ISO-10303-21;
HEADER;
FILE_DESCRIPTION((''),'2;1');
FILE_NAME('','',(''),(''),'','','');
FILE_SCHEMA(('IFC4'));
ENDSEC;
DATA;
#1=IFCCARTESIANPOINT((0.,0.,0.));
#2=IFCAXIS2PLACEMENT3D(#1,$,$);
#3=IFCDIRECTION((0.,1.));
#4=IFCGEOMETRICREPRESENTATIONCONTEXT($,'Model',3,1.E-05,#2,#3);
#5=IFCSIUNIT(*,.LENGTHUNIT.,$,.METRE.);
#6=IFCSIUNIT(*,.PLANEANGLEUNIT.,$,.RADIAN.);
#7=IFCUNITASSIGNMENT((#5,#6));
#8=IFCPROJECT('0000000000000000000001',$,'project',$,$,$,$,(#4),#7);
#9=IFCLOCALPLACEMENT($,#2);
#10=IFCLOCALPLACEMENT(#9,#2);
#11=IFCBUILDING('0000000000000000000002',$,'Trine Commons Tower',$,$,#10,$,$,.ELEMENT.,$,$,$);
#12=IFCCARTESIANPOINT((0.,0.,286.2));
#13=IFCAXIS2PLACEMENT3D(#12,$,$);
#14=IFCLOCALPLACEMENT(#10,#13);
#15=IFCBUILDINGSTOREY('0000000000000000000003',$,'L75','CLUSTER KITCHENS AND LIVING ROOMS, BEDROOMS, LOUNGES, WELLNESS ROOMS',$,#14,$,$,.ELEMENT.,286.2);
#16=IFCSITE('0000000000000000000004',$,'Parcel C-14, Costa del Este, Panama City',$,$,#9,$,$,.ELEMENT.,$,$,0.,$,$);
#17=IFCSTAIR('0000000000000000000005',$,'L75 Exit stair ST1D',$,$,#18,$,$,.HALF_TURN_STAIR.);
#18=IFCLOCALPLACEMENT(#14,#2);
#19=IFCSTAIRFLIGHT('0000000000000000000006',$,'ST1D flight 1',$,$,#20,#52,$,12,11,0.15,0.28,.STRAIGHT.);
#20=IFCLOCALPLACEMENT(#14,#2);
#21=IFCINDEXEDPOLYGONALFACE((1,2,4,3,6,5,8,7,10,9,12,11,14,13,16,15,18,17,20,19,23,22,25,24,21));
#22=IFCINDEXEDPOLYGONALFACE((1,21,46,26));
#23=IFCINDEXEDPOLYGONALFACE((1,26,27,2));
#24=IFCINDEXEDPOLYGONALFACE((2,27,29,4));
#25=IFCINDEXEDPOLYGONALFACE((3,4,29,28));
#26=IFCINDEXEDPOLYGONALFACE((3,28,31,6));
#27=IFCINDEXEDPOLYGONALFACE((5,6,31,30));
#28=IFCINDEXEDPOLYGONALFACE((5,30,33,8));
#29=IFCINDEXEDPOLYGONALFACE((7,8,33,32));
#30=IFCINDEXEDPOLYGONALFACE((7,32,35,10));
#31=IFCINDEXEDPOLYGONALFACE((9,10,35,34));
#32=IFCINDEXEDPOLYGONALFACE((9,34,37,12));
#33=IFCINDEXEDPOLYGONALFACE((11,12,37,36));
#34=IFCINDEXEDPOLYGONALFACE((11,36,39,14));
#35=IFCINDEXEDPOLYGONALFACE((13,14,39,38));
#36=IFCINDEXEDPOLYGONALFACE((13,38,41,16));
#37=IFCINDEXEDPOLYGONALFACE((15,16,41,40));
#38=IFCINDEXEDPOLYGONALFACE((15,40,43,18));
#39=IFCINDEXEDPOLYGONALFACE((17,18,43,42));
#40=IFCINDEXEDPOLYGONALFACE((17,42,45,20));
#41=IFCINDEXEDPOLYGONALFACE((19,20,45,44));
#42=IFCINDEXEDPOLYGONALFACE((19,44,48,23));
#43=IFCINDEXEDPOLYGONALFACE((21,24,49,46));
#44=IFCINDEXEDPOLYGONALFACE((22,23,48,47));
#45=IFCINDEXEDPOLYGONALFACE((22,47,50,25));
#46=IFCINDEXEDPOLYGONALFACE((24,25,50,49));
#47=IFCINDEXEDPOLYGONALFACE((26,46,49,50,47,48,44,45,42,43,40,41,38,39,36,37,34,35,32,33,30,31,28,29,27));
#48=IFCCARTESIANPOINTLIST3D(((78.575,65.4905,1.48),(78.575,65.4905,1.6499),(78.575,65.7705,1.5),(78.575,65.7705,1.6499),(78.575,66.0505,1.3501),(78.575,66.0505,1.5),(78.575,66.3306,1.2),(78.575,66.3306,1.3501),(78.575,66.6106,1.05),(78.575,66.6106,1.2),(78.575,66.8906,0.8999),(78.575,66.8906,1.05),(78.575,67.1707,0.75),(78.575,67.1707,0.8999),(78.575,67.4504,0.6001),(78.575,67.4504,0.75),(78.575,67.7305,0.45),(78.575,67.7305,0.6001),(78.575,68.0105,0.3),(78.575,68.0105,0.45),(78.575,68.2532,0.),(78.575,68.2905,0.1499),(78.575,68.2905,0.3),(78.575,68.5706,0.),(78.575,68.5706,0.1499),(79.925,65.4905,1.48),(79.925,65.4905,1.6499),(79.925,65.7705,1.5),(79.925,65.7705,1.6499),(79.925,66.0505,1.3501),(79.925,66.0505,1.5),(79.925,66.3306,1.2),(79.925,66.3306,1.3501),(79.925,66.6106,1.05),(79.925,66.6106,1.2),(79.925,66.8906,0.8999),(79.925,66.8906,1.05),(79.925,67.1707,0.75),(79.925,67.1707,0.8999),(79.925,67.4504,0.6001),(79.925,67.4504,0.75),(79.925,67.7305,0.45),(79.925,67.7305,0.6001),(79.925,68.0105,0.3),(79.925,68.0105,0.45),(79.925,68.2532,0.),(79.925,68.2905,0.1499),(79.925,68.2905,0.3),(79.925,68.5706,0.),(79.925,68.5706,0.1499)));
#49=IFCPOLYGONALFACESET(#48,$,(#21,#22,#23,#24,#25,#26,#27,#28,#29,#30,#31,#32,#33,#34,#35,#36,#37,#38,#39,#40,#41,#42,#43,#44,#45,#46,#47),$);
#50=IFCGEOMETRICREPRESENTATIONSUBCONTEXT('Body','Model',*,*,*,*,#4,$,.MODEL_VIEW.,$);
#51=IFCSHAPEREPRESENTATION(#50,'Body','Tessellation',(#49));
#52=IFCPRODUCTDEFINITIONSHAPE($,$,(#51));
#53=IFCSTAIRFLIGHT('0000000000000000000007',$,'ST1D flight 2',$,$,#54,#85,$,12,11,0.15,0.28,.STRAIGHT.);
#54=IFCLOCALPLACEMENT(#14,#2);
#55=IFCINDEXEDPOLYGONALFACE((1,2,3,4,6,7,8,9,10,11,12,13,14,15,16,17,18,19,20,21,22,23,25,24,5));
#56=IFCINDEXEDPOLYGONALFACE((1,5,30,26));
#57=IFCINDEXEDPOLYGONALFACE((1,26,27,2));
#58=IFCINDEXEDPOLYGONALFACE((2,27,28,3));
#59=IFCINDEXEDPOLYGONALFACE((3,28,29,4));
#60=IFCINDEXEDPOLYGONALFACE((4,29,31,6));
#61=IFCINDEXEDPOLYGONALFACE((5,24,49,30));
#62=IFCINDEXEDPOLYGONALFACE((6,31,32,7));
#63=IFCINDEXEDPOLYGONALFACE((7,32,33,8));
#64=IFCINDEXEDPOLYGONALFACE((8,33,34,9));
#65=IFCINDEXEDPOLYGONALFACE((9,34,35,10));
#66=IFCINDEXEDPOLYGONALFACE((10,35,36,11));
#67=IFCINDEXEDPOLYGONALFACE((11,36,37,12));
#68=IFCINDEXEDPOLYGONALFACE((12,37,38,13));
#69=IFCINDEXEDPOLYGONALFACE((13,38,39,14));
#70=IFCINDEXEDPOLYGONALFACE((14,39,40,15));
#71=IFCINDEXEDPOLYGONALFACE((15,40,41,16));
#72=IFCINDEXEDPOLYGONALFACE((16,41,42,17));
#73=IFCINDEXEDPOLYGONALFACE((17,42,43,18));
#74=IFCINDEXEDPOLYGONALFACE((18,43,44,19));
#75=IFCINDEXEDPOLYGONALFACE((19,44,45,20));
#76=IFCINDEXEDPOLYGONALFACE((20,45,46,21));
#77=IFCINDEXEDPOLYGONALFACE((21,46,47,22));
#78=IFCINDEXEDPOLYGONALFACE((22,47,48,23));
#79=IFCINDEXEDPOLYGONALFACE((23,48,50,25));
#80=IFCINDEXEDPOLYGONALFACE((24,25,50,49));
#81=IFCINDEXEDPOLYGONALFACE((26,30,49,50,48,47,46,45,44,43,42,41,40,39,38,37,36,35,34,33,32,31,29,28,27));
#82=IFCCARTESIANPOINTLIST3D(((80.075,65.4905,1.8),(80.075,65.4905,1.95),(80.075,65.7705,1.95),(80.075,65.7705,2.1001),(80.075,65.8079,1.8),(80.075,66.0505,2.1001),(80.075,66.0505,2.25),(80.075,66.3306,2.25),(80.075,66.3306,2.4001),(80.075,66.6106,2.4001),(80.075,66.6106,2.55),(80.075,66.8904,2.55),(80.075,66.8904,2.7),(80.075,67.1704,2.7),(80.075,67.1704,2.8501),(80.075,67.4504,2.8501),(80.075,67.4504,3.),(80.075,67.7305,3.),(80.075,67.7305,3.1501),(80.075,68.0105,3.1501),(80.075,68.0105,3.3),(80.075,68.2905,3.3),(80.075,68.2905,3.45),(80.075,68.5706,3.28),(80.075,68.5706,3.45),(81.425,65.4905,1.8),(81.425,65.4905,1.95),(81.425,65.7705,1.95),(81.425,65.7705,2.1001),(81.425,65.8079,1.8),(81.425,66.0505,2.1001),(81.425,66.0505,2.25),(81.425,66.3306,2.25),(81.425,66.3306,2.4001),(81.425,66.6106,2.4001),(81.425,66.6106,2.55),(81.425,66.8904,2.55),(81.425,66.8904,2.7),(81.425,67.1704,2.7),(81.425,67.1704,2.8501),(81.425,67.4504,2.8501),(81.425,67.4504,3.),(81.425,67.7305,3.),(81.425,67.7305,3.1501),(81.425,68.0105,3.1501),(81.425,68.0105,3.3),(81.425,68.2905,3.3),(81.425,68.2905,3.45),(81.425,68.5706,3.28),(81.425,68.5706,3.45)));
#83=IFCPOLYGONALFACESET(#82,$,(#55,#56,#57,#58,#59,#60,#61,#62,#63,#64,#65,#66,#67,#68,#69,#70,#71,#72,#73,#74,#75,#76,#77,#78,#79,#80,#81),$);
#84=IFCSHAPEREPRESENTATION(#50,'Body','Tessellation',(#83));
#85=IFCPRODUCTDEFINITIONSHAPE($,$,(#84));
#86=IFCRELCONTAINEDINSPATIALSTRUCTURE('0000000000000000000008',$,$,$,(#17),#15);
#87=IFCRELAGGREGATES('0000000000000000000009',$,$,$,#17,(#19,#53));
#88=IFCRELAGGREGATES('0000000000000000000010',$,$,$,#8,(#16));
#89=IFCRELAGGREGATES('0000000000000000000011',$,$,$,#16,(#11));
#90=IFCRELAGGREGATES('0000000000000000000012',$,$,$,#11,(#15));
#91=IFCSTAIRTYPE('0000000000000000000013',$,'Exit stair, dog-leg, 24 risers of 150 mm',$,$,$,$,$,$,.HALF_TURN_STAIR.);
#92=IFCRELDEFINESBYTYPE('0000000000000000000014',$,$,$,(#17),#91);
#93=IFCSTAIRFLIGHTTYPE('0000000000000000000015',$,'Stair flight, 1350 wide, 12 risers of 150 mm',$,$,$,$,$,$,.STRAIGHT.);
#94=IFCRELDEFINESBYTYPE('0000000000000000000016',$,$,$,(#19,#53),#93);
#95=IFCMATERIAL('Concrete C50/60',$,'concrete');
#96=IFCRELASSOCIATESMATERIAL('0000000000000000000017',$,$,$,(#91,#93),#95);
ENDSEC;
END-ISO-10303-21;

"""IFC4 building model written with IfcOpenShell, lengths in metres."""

from ifc_helpers import new_model, si_unit, direction, frame, origin, place, context, subcontext, project, spatial, polyline, outline, extrude, material, type_object, element, aggregate, save


model = new_model("IFC4")

# Units and contexts
model_context = context("Model", 3, precision=1e-05, world=origin(), true_north=direction((0.0, 1.0)))
body_context = subcontext(model_context, "Body", "Model", "MODEL_VIEW")
ifc_project = project(units=[si_unit("LENGTHUNIT", "METRE"), si_unit("PLANEANGLEUNIT", "RADIAN")], contexts=[model_context])

# Site, building, storey
site_placement = place(None, origin())
site = spatial("IfcSite", under=ifc_project, at=site_placement, Name="Parcel C-14, Costa del Este, Panama City", CompositionType="ELEMENT", RefElevation=0.0)
building_placement = place(site_placement, origin())
building = spatial("IfcBuilding", under=site, at=building_placement, Name="Trine Commons Tower", CompositionType="ELEMENT")
storey_placement = place(building_placement, frame((0.0, 0.0, 286.2)))
storey = spatial("IfcBuildingStorey", under=building, at=storey_placement, Name="L75", Description="CLUSTER KITCHENS AND LIVING ROOMS, BEDROOMS, LOUNGES, WELLNESS ROOMS", CompositionType="ELEMENT", Elevation=286.2)

# Shared definitions
ifc_material_1 = material(Name="Concrete C50/60", Category="concrete")

# Stair, stair flights
stair_type = type_object("IfcStairType", Name="Exit stair, dog-leg, 24 risers of 150 mm", PredefinedType="HALF_TURN_STAIR", material=ifc_material_1)
stair_placement = place(storey_placement, origin())
stair = element("IfcStair", 1, at=stair_placement, inside=storey, type_object=stair_type, Name="L75 Exit stair ST1D", PredefinedType="HALF_TURN_STAIR")
stair_flight_type = type_object("IfcStairFlightType", Name="Stair flight, 1350 wide, 12 risers of 150 mm", PredefinedType="STRAIGHT", material=ifc_material_1)
stair_flight_1_placement = place(storey_placement, frame((79.25, 68.5706, 0.0), z_axis=(0.0, 0.0, 1.0), x_axis=(0.0, -1.0, 0.0)))
stair_flight_1 = element("IfcStairFlight", 2, at=stair_flight_1_placement, type_object=stair_flight_type, Name="ST1D flight 1", NumberOfRisers=12, NumberOfTreads=11, PredefinedType="STRAIGHT", RiserHeight=0.15, TreadLength=0.28, context=body_context, shape_type="SweptSolid", body=[
    extrude(outline(polyline([(0.0, 0.0), (0.0, 0.1499), (0.28, 0.1499), (0.28, 0.3), (0.5601, 0.3), (0.5601, 0.45), (0.8401, 0.45), (0.8401, 0.6001), (1.1201, 0.6001), (1.1201, 0.75), (1.3999, 0.75), (1.3999, 0.8999), (1.6799, 0.8999), (1.6799, 1.05), (1.96, 1.05), (1.96, 1.2), (2.24, 1.2), (2.24, 1.3501), (2.52, 1.3501), (2.52, 1.5), (2.8, 1.5), (2.8, 1.6499), (3.0801, 1.6499), (3.0801, 1.8), (3.0801, 1.48), (0.3174, 0.0), (0.0, 0.0)])), frame((0.0, 0.675, 0.0), z_axis=(0.0, -1.0, 0.0), x_axis=(1.0, 0.0, 0.0)), (0.0, 0.0, 1.0), 1.3501),
])
stair_flight_2_placement = place(storey_placement, frame((80.75, 65.4905, 1.8), z_axis=(0.0, 0.0, 1.0), x_axis=(0.0, 1.0, 0.0)))
stair_flight_2 = element("IfcStairFlight", 3, at=stair_flight_2_placement, type_object=stair_flight_type, Name="ST1D flight 2", NumberOfRisers=12, NumberOfTreads=11, PredefinedType="STRAIGHT", RiserHeight=0.15, TreadLength=0.28, context=body_context, shape_type="SweptSolid", body=[
    extrude(outline(polyline([(0.0, 0.0), (0.0, 0.1499), (0.28, 0.1499), (0.28, 0.3), (0.5601, 0.3), (0.5601, 0.45), (0.8401, 0.45), (0.8401, 0.6001), (1.1201, 0.6001), (1.1201, 0.75), (1.3999, 0.75), (1.3999, 0.8999), (1.6799, 0.8999), (1.6799, 1.05), (1.96, 1.05), (1.96, 1.2), (2.24, 1.2), (2.24, 1.3501), (2.52, 1.3501), (2.52, 1.5), (2.8, 1.5), (2.8, 1.6499), (3.0801, 1.6499), (3.0801, 1.8), (3.0801, 1.48), (0.3174, 0.0), (0.0, 0.0)])), frame((0.0, 0.675, 0.0), z_axis=(0.0, -1.0, 0.0), x_axis=(1.0, 0.0, 0.0)), (0.0, 0.0, 1.0), 1.3501),
])
aggregate(stair, [stair_flight_1, stair_flight_2])

save(model, "model.ifc")
